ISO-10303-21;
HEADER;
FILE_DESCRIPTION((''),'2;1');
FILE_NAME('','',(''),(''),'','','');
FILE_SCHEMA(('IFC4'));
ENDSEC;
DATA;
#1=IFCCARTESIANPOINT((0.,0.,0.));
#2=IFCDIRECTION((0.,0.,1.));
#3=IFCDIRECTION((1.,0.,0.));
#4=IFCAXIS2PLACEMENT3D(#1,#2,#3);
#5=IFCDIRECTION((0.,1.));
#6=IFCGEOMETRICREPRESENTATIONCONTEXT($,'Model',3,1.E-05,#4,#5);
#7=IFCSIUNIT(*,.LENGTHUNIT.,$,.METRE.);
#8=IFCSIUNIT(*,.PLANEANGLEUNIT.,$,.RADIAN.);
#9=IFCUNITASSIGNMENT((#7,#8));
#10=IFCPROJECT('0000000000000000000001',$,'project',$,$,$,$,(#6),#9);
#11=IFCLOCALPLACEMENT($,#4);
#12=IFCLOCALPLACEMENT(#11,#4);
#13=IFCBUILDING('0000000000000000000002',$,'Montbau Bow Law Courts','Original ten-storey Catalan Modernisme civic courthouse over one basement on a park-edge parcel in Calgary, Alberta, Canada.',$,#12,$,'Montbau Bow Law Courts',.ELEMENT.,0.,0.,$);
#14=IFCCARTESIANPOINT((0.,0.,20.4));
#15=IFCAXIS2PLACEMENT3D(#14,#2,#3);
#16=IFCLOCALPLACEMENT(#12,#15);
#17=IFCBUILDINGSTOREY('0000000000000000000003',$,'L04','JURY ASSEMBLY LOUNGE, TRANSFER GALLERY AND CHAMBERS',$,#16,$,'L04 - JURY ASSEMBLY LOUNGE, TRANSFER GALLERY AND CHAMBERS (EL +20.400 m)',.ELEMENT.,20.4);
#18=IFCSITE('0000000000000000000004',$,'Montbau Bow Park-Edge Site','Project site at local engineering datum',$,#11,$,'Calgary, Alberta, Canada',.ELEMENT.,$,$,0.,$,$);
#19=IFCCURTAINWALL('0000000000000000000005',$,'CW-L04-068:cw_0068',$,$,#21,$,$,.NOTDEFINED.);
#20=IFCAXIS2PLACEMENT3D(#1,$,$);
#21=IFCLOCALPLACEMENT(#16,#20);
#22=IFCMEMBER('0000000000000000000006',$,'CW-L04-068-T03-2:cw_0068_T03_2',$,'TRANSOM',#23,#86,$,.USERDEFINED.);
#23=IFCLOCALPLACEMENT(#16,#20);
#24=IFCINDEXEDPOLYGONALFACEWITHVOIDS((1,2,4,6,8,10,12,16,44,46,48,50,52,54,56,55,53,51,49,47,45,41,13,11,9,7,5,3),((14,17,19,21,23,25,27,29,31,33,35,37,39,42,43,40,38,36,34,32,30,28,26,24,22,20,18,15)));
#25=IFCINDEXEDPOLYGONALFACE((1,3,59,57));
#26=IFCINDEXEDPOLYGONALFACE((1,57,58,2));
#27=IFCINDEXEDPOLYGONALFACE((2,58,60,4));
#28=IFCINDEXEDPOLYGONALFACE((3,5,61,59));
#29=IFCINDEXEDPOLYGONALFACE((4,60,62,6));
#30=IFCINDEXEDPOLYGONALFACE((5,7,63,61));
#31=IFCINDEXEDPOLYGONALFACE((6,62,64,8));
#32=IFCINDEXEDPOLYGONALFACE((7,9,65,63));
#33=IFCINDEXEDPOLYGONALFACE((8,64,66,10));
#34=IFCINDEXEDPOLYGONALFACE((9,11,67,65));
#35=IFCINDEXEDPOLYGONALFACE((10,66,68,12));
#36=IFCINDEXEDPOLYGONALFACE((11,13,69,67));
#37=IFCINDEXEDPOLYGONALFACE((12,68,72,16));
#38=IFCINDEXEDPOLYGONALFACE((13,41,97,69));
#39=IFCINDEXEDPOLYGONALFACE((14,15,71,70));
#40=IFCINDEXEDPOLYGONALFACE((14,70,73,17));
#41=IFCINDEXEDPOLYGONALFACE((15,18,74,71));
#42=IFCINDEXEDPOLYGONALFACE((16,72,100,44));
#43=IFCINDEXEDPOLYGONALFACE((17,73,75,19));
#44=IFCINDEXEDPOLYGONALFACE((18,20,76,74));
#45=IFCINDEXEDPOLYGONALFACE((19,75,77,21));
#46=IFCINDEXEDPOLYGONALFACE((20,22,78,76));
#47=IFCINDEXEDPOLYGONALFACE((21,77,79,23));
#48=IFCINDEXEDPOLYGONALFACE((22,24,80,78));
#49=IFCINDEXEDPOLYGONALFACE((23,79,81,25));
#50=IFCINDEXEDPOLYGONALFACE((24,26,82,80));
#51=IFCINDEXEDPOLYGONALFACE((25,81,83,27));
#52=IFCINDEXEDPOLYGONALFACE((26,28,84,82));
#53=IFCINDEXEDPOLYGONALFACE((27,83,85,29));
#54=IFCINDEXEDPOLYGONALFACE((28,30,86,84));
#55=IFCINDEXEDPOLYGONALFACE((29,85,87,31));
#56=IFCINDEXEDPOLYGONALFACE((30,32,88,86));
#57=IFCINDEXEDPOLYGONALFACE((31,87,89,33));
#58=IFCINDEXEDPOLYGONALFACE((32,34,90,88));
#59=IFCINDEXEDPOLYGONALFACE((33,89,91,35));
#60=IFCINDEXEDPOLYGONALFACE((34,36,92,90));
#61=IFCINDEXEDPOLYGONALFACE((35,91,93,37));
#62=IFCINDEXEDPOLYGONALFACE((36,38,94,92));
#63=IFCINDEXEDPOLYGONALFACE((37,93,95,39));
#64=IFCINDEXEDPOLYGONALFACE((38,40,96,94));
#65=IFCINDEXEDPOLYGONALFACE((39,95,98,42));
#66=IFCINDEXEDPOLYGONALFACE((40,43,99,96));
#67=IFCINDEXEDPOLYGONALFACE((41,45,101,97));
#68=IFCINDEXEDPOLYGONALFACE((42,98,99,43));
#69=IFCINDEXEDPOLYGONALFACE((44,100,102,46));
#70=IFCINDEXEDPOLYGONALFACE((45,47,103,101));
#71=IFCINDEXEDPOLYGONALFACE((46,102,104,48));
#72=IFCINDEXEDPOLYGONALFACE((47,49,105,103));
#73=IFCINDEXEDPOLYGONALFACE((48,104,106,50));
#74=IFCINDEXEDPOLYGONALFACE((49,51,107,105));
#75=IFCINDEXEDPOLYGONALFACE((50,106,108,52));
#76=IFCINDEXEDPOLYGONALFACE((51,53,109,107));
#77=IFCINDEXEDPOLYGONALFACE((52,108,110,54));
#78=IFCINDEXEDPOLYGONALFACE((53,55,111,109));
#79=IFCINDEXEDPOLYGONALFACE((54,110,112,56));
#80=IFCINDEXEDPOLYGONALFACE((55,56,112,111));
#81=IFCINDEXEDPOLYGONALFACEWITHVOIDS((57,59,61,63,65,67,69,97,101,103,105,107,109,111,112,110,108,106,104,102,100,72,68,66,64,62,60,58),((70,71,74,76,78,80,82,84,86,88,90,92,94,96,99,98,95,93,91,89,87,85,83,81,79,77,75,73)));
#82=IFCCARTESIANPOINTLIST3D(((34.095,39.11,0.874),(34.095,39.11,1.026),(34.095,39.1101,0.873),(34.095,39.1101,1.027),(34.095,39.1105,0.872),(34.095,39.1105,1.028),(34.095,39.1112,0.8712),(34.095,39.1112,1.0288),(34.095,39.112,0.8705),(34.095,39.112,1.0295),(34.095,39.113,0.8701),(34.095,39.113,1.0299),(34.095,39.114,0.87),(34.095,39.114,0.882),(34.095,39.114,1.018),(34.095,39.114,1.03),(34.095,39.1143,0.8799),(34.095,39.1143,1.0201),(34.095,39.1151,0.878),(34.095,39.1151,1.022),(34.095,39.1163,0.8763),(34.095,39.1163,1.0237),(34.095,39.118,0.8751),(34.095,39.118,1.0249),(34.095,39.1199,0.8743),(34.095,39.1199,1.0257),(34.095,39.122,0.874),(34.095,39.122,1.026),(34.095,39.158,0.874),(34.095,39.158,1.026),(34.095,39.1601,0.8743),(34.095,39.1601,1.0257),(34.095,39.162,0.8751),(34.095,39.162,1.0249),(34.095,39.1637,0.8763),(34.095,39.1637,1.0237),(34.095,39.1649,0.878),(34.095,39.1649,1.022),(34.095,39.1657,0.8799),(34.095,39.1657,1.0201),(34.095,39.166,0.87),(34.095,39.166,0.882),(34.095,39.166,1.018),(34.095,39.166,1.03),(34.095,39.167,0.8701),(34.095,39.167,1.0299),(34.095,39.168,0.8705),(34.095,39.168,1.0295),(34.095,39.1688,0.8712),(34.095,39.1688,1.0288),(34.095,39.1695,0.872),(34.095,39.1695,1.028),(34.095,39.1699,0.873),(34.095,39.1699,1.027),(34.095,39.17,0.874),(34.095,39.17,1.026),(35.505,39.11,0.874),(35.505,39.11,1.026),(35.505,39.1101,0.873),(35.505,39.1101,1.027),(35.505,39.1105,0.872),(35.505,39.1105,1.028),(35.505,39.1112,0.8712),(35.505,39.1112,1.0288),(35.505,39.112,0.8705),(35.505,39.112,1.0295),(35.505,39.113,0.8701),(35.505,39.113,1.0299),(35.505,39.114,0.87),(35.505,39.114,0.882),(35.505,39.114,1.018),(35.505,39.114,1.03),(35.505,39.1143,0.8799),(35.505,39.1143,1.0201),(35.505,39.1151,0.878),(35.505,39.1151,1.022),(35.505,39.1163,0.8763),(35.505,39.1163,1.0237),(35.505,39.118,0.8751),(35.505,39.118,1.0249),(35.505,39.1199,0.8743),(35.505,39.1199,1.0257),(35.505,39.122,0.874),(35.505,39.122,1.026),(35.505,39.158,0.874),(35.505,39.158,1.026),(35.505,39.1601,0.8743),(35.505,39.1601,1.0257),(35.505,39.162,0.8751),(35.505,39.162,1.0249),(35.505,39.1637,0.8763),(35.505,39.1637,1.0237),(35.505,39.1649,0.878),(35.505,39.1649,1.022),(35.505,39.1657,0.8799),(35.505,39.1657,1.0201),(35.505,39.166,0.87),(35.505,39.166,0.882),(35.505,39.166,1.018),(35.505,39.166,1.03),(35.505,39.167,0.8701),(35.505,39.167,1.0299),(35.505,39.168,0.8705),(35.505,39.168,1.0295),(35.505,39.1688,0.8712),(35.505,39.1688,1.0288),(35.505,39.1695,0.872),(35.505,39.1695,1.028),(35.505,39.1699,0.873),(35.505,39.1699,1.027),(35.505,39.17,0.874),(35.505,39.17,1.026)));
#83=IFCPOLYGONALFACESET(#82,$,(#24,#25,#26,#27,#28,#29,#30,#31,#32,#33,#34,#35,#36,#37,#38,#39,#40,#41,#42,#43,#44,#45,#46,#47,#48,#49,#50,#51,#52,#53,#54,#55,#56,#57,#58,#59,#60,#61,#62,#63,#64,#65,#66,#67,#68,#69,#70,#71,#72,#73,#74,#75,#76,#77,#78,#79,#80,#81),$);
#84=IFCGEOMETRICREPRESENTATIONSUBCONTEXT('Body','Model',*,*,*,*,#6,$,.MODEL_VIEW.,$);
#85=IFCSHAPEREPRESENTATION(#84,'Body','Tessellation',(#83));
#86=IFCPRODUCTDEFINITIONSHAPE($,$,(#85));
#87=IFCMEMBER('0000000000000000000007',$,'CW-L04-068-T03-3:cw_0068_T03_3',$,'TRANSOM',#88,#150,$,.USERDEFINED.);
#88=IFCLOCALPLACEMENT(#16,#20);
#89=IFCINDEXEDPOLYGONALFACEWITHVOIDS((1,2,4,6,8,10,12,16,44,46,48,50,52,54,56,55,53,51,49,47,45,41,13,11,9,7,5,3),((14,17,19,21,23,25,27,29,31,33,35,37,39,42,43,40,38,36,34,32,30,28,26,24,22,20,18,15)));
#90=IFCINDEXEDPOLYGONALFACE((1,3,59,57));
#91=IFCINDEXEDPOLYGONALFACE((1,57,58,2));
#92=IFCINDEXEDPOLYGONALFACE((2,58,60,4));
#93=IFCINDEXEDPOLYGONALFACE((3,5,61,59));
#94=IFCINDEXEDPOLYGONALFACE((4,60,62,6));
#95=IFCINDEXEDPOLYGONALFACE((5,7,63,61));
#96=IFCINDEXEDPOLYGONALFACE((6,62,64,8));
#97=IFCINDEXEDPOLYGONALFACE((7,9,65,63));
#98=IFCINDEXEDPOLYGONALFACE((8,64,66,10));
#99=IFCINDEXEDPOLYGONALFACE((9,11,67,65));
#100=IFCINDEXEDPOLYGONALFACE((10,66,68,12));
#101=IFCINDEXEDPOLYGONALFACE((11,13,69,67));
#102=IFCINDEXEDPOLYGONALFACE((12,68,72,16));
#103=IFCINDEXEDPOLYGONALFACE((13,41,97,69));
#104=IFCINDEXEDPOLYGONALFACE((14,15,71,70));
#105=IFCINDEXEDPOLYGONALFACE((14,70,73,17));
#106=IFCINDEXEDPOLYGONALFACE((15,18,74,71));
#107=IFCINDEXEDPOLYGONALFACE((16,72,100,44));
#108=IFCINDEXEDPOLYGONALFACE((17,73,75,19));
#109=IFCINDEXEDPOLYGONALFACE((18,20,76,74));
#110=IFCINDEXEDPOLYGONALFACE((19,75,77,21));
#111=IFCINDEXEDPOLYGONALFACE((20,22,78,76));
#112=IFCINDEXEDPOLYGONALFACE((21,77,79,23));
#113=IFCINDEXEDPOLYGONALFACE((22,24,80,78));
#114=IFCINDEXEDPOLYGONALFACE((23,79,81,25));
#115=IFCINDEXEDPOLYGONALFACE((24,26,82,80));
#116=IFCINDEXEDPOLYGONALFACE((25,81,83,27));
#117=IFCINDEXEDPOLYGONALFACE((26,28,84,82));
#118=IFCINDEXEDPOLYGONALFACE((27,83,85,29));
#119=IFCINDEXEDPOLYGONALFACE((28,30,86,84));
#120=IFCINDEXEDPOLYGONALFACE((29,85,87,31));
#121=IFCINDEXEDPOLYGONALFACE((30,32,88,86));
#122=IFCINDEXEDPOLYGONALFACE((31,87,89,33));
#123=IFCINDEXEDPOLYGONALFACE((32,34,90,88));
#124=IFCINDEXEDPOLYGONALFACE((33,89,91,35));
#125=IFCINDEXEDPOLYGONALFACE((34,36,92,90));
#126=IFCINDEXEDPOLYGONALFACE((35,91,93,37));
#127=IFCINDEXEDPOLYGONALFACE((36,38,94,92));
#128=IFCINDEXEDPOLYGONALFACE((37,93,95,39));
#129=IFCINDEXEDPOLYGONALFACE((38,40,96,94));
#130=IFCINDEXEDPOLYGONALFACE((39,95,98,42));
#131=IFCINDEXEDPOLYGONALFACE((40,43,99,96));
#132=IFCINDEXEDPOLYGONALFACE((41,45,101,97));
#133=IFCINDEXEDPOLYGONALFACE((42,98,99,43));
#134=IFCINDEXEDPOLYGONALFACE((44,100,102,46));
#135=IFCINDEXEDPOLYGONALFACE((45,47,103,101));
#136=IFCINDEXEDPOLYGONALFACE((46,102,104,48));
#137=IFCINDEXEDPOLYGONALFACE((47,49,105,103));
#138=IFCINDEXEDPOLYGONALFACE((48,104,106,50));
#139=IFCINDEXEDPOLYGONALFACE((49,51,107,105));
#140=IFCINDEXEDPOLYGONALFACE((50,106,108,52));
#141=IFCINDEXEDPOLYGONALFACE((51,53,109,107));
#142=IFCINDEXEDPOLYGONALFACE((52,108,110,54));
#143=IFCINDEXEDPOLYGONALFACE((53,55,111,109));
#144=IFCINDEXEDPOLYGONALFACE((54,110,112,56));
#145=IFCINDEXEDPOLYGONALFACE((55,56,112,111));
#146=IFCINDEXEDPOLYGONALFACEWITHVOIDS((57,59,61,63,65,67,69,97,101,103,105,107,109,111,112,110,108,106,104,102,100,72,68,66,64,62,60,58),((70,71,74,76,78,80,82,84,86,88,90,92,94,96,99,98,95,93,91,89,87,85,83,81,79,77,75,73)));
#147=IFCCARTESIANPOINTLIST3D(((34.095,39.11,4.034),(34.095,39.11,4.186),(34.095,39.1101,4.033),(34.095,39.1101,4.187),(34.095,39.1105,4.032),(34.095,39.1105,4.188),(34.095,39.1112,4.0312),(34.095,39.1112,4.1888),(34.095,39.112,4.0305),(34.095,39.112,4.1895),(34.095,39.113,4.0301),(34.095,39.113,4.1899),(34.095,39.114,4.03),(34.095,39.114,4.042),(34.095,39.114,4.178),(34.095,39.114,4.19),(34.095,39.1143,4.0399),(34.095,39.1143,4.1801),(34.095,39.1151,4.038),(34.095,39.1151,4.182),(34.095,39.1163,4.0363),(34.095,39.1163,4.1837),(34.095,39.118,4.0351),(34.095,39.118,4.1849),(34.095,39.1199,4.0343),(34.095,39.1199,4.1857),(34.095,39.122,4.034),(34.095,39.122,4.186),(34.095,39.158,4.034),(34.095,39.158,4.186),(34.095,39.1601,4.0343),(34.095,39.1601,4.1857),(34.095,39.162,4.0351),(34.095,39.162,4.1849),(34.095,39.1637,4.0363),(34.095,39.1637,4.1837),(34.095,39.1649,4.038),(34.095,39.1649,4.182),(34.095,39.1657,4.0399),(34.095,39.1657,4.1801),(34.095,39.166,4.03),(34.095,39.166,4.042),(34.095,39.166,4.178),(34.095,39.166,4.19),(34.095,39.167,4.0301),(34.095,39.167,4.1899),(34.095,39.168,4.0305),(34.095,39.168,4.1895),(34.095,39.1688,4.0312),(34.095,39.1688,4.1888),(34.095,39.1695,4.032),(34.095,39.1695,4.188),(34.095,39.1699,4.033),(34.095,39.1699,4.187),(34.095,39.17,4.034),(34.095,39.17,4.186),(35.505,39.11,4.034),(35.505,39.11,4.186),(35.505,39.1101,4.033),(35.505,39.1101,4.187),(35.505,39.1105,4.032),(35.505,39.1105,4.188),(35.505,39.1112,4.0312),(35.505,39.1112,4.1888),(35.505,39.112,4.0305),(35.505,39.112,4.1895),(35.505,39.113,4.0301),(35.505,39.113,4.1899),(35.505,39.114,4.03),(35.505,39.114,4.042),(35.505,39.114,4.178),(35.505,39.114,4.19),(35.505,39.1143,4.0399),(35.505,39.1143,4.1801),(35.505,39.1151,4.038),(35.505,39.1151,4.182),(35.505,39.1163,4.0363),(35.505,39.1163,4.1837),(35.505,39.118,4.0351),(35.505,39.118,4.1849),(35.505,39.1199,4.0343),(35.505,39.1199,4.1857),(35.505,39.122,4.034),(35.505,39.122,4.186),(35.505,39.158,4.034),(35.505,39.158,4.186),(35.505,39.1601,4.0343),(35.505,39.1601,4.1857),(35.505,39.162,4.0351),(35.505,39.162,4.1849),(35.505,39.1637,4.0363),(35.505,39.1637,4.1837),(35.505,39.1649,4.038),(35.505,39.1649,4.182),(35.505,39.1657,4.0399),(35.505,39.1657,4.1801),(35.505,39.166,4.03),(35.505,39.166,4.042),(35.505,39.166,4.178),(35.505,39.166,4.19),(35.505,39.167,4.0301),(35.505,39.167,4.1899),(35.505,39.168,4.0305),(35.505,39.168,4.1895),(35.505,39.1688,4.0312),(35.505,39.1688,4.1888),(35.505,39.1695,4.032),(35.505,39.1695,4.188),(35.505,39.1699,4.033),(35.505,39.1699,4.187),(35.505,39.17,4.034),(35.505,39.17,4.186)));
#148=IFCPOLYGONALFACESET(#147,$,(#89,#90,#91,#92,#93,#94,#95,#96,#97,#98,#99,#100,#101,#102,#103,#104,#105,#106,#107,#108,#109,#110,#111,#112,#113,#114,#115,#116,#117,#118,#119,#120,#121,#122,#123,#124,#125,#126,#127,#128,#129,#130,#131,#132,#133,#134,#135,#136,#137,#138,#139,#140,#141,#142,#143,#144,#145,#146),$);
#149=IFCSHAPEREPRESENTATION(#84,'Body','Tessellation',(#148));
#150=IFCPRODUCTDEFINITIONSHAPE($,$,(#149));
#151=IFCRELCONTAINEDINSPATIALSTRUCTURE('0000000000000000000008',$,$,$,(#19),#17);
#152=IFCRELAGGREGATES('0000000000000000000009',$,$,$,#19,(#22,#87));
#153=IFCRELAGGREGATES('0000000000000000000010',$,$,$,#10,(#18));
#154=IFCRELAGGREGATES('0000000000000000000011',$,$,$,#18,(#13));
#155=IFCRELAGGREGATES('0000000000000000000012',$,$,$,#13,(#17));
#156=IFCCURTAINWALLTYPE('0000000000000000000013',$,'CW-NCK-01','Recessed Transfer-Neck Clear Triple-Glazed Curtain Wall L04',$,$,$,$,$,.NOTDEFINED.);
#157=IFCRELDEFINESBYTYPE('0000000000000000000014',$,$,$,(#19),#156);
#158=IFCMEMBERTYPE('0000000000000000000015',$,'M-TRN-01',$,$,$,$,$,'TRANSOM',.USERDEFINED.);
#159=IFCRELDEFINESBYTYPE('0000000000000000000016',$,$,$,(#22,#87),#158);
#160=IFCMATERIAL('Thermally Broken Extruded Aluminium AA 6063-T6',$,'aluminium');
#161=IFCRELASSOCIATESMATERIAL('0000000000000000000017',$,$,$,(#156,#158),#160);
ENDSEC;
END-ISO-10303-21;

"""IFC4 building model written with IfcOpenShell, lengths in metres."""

from ifc_helpers import new_model, si_unit, direction, frame, origin_with_axes, origin_2d_with_axis, place, context, subcontext, project, spatial, hollow_rectangle, extrude, material, material_profile, profile_set, type_object, element, aggregate, save


model = new_model("IFC4")

# Units and contexts
model_context = context("Model", 3, precision=1e-05, world=origin_with_axes(), true_north=direction((0.0, 1.0)))
body_context = subcontext(model_context, "Body", "Model", "MODEL_VIEW")
ifc_project = project(units=[si_unit("LENGTHUNIT", "METRE"), si_unit("PLANEANGLEUNIT", "RADIAN")], contexts=[model_context])

# Site, building, storey
site_placement = place(None, origin_with_axes())
site = spatial("IfcSite", under=ifc_project, at=site_placement, Name="Montbau Bow Park-Edge Site", Description="Project site at local engineering datum", LongName="Calgary, Alberta, Canada", CompositionType="ELEMENT", RefElevation=0.0)
building_placement = place(site_placement, origin_with_axes())
building = spatial("IfcBuilding", under=site, at=building_placement, Name="Montbau Bow Law Courts", Description="Original ten-storey Catalan Modernisme civic courthouse over one basement on a park-edge parcel in Calgary, Alberta, Canada.", LongName="Montbau Bow Law Courts", CompositionType="ELEMENT", ElevationOfRefHeight=0.0, ElevationOfTerrain=0.0)
storey_placement = place(building_placement, frame((0.0, 0.0, 20.4), z_axis=(0.0, 0.0, 1.0), x_axis=(1.0, 0.0, 0.0)))
storey = spatial("IfcBuildingStorey", under=building, at=storey_placement, Name="L04", Description="JURY ASSEMBLY LOUNGE, TRANSFER GALLERY AND CHAMBERS", LongName="L04 - JURY ASSEMBLY LOUNGE, TRANSFER GALLERY AND CHAMBERS (EL +20.400 m)", CompositionType="ELEMENT", Elevation=20.4)

# Curtain wall, members
ifc_material_1 = material(Name="Thermally Broken Extruded Aluminium AA 6063-T6", Category="aluminium")
curtain_wall_type = type_object("IfcCurtainWallType", Name="CW-NCK-01", Description="Recessed Transfer-Neck Clear Triple-Glazed Curtain Wall L04", PredefinedType="NOTDEFINED", material=ifc_material_1)
curtain_wall_placement = place(None, frame((31.115, 39.14, 20.4), z_axis=(0.0, 0.0, 1.0), x_axis=(1.0, 0.0, 0.0)))
curtain_wall = element("IfcCurtainWall", 1, at=curtain_wall_placement, inside=storey, type_object=curtain_wall_type, Name="CW-L04-068:cw_0068", PredefinedType="NOTDEFINED")
ifc_material_profile_1 = material_profile(ifc_material_1, hollow_rectangle(XDim=0.06, YDim=0.16, WallThickness=0.004, InnerFilletRadius=0.008, OuterFilletRadius=0.004, at=origin_2d_with_axis()), Name="CWT-160X60", Category="Main", Priority=0)
ifc_profile_set_1 = profile_set([ifc_material_profile_1], Name="Thermally Broken Extruded Aluminium AA 6063-T6")
member_type_1 = type_object("IfcMemberType", Name="M-TRN-01", ElementType="TRANSOM", PredefinedType="USERDEFINED", material=ifc_profile_set_1)
member_1_placement = place(None, frame((34.095, 39.14, 21.35), z_axis=(1.0, 0.0, 0.0), x_axis=(0.0, 1.0, 0.0)))
member_1 = element("IfcMember", 2, at=member_1_placement, type_object=member_type_1, Name="CW-L04-068-T03-2:cw_0068_T03_2", ObjectType="TRANSOM", PredefinedType="USERDEFINED", context=body_context, shape_type="SweptSolid", body=[
    extrude(hollow_rectangle(XDim=0.06, YDim=0.16, WallThickness=0.004, InnerFilletRadius=0.008, OuterFilletRadius=0.004, at=origin_2d_with_axis()), origin_with_axes(), (0.0, 0.0, 1.0), 1.41),
])
member_2_placement = place(None, frame((34.095, 39.14, 24.51), z_axis=(1.0, 0.0, 0.0), x_axis=(0.0, 1.0, 0.0)))
member_2 = element("IfcMember", 3, at=member_2_placement, type_object=member_type_1, Name="CW-L04-068-T03-3:cw_0068_T03_3", ObjectType="TRANSOM", PredefinedType="USERDEFINED", context=body_context, shape_type="SweptSolid", body=[
    extrude(hollow_rectangle(XDim=0.06, YDim=0.16, WallThickness=0.004, InnerFilletRadius=0.008, OuterFilletRadius=0.004, at=origin_2d_with_axis()), origin_with_axes(), (0.0, 0.0, 1.0), 1.41),
])
aggregate(curtain_wall, [member_1, member_2])

save(model, "model.ifc")
